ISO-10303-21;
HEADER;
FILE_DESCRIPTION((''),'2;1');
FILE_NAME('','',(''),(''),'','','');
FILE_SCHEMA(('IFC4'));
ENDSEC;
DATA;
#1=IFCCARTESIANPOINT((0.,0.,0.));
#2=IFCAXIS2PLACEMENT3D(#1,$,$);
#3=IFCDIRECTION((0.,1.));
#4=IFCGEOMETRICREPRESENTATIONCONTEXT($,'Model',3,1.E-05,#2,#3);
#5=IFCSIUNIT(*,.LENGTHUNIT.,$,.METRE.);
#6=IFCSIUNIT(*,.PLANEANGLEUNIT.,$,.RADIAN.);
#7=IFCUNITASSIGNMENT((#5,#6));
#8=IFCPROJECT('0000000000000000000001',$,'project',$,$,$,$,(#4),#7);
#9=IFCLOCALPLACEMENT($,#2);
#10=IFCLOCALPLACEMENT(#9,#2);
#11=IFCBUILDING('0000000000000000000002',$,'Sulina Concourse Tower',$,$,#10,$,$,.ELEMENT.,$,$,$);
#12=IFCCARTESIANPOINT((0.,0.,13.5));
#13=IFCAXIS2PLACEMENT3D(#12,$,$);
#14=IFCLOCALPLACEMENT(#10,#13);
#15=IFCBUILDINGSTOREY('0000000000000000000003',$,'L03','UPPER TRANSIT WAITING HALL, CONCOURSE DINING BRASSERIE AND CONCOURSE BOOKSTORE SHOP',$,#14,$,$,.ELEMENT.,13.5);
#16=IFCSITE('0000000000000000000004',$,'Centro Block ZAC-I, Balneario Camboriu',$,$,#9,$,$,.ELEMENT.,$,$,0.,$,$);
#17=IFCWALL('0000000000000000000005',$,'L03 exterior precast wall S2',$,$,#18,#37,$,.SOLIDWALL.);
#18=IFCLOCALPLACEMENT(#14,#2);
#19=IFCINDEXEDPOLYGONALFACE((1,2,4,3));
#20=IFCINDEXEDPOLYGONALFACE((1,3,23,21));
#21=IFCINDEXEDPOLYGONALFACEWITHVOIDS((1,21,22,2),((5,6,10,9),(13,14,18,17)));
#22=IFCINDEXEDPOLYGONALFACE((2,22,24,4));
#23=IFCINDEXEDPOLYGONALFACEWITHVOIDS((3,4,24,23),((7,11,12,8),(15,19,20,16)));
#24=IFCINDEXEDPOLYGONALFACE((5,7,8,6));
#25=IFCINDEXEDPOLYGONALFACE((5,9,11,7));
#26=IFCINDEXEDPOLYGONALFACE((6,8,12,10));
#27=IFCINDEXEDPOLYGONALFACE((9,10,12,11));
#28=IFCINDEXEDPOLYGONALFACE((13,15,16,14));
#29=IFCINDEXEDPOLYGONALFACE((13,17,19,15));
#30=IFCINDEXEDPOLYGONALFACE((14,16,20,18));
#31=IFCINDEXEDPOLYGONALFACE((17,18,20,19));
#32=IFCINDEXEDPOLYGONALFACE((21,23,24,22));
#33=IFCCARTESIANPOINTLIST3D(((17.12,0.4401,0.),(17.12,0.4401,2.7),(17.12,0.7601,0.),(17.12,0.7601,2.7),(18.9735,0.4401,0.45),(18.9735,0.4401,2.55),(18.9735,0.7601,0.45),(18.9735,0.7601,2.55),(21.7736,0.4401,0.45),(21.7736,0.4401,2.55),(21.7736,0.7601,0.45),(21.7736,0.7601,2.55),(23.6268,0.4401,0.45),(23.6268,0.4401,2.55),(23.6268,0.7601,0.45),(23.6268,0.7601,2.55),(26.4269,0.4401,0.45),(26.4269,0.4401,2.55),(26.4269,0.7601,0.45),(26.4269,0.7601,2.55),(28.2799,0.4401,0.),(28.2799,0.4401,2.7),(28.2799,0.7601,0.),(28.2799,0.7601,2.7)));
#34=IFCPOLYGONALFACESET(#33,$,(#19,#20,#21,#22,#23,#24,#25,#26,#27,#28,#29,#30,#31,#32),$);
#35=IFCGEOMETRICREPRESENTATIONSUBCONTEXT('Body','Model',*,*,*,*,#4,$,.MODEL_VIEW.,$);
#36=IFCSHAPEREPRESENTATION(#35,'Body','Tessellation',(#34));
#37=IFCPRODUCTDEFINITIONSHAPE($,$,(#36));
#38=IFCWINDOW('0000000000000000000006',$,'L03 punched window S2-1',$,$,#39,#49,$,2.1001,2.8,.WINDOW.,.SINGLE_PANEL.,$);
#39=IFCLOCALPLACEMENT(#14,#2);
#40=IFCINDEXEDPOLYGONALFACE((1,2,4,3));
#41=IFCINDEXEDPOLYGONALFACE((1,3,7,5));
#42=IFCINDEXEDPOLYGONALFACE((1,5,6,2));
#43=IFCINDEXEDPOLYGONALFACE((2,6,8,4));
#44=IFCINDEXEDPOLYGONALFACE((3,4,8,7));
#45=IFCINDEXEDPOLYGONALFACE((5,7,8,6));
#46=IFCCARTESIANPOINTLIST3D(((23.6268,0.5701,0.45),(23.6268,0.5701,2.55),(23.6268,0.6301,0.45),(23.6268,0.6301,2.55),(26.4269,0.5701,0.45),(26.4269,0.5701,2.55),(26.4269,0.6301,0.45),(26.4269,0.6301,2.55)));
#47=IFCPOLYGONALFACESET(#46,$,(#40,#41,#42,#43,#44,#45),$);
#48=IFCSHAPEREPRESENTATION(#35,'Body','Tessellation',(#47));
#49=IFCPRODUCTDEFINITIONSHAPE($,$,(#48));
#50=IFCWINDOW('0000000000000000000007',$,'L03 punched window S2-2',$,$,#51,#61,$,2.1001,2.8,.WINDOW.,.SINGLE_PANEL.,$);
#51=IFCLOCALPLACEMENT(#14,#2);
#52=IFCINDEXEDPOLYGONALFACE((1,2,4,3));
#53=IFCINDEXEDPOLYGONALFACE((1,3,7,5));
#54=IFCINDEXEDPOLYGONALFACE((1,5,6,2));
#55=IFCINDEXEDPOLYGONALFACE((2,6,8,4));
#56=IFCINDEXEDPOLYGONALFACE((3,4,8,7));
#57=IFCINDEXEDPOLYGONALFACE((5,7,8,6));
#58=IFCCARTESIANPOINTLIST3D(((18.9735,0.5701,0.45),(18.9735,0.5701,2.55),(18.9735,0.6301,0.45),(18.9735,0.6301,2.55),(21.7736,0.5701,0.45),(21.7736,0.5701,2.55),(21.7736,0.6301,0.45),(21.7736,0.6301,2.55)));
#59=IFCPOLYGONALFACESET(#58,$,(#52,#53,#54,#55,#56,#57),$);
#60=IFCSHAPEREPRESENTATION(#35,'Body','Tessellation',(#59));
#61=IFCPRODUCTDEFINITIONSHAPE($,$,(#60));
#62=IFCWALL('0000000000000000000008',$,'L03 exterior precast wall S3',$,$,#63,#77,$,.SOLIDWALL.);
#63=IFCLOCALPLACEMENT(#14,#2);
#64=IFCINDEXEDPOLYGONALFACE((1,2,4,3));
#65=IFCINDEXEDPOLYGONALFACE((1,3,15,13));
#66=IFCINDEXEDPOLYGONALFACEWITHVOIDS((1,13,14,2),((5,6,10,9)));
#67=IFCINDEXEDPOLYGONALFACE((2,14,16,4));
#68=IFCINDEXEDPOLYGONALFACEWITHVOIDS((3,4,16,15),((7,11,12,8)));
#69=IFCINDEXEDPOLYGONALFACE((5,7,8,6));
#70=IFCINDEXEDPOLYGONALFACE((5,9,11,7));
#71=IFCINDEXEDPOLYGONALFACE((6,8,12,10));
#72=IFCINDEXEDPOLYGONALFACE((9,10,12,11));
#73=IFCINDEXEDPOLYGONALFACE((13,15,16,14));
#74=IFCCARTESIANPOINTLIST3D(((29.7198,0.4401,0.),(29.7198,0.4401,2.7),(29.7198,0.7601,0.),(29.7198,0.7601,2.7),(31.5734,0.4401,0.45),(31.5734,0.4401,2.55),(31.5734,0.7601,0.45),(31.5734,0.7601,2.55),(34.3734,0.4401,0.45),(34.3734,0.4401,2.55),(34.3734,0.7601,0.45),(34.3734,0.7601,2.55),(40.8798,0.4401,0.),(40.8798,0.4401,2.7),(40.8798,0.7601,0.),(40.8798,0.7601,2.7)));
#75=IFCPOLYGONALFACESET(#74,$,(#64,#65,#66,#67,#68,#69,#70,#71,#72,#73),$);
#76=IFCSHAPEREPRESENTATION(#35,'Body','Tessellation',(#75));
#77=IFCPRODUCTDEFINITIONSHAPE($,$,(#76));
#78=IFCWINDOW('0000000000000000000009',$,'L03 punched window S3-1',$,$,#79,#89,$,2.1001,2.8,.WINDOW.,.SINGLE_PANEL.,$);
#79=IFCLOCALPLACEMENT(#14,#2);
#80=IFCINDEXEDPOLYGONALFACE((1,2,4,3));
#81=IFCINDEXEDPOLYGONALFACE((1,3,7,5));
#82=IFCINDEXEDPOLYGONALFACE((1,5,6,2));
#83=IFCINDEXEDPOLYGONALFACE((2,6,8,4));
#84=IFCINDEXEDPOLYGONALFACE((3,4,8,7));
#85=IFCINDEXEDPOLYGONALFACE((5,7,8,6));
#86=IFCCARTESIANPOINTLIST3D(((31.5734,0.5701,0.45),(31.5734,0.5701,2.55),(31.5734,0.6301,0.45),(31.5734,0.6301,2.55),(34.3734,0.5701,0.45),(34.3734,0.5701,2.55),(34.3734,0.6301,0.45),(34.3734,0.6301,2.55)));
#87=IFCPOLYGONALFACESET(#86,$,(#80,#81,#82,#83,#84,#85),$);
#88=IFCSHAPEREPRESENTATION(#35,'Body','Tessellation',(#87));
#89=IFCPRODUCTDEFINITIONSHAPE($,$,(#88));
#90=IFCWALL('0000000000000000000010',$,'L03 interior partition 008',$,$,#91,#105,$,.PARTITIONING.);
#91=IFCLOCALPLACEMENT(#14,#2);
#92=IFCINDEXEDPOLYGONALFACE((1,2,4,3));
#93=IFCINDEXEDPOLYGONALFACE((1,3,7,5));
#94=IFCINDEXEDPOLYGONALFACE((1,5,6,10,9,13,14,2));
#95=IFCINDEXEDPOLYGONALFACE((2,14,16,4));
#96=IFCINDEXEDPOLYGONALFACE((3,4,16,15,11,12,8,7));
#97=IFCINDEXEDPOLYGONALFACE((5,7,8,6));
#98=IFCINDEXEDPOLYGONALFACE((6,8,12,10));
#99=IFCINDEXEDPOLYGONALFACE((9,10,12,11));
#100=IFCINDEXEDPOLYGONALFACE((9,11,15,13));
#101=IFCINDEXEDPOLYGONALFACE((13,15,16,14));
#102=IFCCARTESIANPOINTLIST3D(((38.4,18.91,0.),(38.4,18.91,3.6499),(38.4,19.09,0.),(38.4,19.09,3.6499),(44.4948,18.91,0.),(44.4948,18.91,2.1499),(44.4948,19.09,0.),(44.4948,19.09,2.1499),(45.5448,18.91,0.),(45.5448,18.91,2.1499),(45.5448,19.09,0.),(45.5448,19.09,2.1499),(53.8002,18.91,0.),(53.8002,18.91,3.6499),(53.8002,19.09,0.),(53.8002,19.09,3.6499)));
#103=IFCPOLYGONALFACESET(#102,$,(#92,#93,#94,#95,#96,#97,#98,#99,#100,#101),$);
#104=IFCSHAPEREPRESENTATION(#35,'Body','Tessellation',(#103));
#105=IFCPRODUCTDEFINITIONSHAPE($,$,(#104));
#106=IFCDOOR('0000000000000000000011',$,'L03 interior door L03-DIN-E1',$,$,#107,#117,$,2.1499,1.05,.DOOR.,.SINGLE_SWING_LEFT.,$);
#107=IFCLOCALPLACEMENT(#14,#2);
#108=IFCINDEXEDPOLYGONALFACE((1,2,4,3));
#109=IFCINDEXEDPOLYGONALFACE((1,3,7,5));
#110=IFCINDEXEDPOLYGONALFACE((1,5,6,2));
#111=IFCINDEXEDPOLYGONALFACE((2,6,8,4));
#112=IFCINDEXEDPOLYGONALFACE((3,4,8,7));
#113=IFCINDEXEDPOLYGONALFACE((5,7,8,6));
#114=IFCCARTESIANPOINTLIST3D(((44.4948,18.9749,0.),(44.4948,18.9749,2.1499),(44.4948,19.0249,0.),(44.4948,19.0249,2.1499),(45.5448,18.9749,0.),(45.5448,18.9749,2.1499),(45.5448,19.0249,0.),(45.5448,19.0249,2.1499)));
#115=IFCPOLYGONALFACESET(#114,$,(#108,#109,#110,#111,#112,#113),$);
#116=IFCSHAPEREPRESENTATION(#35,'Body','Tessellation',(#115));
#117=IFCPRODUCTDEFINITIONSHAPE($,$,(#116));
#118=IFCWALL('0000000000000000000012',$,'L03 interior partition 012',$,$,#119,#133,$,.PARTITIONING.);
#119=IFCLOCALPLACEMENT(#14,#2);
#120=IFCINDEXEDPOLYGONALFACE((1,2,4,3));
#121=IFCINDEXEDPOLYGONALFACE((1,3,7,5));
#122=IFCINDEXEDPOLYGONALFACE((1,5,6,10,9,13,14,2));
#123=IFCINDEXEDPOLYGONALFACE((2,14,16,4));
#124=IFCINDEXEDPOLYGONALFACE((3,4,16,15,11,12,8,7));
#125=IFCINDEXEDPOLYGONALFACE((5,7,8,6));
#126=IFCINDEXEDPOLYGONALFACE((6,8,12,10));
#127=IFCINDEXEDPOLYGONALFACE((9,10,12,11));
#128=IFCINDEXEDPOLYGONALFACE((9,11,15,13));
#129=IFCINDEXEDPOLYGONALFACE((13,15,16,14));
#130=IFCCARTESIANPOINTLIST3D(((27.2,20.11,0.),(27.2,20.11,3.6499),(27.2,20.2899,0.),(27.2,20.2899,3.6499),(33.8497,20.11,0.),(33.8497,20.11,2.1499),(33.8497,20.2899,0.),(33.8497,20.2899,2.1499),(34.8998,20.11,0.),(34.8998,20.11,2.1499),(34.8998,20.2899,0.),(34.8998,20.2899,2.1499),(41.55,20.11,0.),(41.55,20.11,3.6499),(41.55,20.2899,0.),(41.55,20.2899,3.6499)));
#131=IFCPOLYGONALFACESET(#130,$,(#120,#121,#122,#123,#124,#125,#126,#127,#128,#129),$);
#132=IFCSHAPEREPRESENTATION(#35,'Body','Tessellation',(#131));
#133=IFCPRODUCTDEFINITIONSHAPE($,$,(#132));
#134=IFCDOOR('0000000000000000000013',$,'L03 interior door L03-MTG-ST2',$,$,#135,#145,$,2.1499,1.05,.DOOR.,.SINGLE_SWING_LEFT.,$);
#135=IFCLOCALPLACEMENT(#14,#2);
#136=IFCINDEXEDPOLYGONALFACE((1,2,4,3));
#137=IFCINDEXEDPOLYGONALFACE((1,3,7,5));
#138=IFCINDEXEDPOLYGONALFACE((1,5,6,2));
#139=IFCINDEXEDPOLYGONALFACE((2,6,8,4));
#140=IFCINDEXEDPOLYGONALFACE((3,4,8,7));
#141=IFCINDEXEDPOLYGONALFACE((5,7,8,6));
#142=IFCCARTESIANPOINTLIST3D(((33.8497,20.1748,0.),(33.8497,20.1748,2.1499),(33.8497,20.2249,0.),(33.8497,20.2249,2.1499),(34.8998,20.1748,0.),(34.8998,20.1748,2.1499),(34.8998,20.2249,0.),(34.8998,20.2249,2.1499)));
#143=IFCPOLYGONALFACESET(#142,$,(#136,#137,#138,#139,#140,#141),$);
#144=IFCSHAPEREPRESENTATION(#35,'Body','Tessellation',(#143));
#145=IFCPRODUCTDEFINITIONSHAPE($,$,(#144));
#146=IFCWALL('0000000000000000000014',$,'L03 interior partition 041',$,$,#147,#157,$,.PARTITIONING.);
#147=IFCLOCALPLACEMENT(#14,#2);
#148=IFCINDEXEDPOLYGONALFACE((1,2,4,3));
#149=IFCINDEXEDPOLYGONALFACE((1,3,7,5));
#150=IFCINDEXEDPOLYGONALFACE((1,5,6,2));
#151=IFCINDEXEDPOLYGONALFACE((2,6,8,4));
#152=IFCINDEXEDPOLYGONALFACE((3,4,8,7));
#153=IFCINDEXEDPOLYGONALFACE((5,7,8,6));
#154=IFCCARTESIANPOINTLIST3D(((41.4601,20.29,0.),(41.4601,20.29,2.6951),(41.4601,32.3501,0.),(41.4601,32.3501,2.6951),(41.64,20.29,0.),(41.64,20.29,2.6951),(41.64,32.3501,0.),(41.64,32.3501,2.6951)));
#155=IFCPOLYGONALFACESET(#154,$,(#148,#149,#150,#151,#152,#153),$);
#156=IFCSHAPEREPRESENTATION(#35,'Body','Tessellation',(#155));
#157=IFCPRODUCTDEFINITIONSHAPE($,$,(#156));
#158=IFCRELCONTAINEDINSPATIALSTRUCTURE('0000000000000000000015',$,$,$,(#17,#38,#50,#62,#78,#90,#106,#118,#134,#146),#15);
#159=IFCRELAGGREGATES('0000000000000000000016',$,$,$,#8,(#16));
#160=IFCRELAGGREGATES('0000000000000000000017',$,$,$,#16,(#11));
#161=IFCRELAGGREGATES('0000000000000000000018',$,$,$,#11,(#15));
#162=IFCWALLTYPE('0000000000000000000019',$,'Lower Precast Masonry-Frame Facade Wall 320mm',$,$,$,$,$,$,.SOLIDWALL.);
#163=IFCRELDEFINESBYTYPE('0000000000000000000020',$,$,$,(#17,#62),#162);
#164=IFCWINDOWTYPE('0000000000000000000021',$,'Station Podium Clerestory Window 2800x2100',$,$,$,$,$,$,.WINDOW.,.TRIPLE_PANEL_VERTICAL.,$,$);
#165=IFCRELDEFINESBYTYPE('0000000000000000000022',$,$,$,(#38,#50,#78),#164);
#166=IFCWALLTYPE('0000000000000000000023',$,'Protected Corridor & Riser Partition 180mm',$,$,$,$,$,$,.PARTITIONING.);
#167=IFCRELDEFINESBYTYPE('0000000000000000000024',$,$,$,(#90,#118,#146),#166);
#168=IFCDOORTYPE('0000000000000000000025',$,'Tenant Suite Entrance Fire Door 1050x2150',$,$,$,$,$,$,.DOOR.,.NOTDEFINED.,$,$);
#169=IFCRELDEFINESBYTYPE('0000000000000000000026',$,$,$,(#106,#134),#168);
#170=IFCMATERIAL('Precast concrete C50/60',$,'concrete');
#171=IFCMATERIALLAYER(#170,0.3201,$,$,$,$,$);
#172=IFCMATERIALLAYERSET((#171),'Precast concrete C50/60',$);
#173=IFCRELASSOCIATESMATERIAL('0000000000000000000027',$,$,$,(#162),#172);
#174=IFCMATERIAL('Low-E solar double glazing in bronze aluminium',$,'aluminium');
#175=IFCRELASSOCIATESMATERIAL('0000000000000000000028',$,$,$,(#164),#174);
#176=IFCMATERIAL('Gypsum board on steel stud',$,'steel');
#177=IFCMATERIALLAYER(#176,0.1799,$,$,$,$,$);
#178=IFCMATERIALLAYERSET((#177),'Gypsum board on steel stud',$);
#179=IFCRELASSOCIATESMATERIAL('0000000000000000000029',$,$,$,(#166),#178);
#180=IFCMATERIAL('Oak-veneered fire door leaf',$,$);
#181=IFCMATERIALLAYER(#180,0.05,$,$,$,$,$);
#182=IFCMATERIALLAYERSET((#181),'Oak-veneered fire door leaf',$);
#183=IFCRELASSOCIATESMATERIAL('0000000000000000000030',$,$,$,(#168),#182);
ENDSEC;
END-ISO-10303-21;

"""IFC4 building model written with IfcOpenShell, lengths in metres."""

from ifc_helpers import new_model, si_unit, direction, frame, frame_2d, origin, place, context, subcontext, project, spatial, rectangle, extrude, material, layer, layer_set, type_object, element, fill, save


model = new_model("IFC4")

# Units and contexts
model_context = context("Model", 3, precision=1e-05, world=origin(), true_north=direction((0.0, 1.0)))
body_context = subcontext(model_context, "Body", "Model", "MODEL_VIEW")
ifc_project = project(units=[si_unit("LENGTHUNIT", "METRE"), si_unit("PLANEANGLEUNIT", "RADIAN")], contexts=[model_context])

# Site, building, storey
site_placement = place(None, origin())
site = spatial("IfcSite", under=ifc_project, at=site_placement, Name="Centro Block ZAC-I, Balneario Camboriu", CompositionType="ELEMENT", RefElevation=0.0)
building_placement = place(site_placement, origin())
building = spatial("IfcBuilding", under=site, at=building_placement, Name="Sulina Concourse Tower", CompositionType="ELEMENT")
storey_placement = place(building_placement, frame((0.0, 0.0, 13.5)))
storey = spatial("IfcBuildingStorey", under=building, at=storey_placement, Name="L03", Description="UPPER TRANSIT WAITING HALL, CONCOURSE DINING BRASSERIE AND CONCOURSE BOOKSTORE SHOP", CompositionType="ELEMENT", Elevation=13.5)

# Wall, openings, windows
ifc_material_1 = material(Name="Precast concrete C50/60", Category="concrete")
ifc_layer_1 = layer(ifc_material_1, 0.3201)
ifc_layer_set_1 = layer_set([ifc_layer_1], Name="Precast concrete C50/60")
wall_type_1 = type_object("IfcWallType", Name="Lower Precast Masonry-Frame Facade Wall 320mm", PredefinedType="SOLIDWALL", material=ifc_layer_set_1)
wall_1_placement = place(storey_placement, frame((28.28, 0.6001, 0.0), z_axis=(0.0, 0.0, 1.0), x_axis=(-1.0, 0.0, 0.0)))
wall_1 = element("IfcWall", 1, at=wall_1_placement, inside=storey, type_object=wall_type_1, Name="L03 exterior precast wall S2", PredefinedType="SOLIDWALL", context=body_context, shape_type="SweptSolid", body=[
    extrude(rectangle(XDim=11.1599, YDim=0.3201, at=frame_2d((5.5801, 0.0))), origin(), (0.0, 0.0, 1.0), 2.7),
])
opening_1_placement = place(wall_1_placement, frame((1.8533, 0.0, 0.45)))
opening_1 = element("IfcOpeningElement", 2, at=opening_1_placement, cuts=wall_1, PredefinedType="OPENING", context=body_context, shape_type="SweptSolid", body=[
    extrude(rectangle(XDim=2.8, YDim=2.1001, at=frame_2d((1.3999, 1.05))), frame((0.0, 0.1699, 0.0), z_axis=(0.0, -1.0, 0.0), x_axis=(1.0, 0.0, 0.0)), (0.0, 0.0, 1.0), 0.3401),
])
opening_2_placement = place(wall_1_placement, frame((6.5066, 0.0, 0.45)))
opening_2 = element("IfcOpeningElement", 3, at=opening_2_placement, cuts=wall_1, PredefinedType="OPENING", context=body_context, shape_type="SweptSolid", body=[
    extrude(rectangle(XDim=2.8, YDim=2.1001, at=frame_2d((1.3999, 1.05))), frame((0.0, 0.1699, 0.0), z_axis=(0.0, -1.0, 0.0), x_axis=(1.0, 0.0, 0.0)), (0.0, 0.0, 1.0), 0.3401),
])
ifc_material_2 = material(Name="Low-E solar double glazing in bronze aluminium", Category="aluminium")
window_type = type_object("IfcWindowType", Name="Station Podium Clerestory Window 2800x2100", PartitioningType="TRIPLE_PANEL_VERTICAL", PredefinedType="WINDOW", material=ifc_material_2)
window_1_placement = place(opening_1_placement, origin())
window_1 = element("IfcWindow", 4, at=window_1_placement, inside=storey, type_object=window_type, Name="L03 punched window S2-1", OverallHeight=2.1001, OverallWidth=2.8, PartitioningType="SINGLE_PANEL", PredefinedType="WINDOW", context=body_context, shape_type="SweptSolid", body=[
    extrude(rectangle(XDim=2.8, YDim=2.1001, at=frame_2d((1.3999, 1.05))), frame((0.0, 0.03, 0.0), z_axis=(0.0, -1.0, 0.0), x_axis=(1.0, 0.0, 0.0)), (0.0, 0.0, 1.0), 0.0601),
])
fill(opening_1, window_1)
window_2_placement = place(opening_2_placement, origin())
window_2 = element("IfcWindow", 5, at=window_2_placement, inside=storey, type_object=window_type, Name="L03 punched window S2-2", OverallHeight=2.1001, OverallWidth=2.8, PartitioningType="SINGLE_PANEL", PredefinedType="WINDOW", context=body_context, shape_type="SweptSolid", body=[
    extrude(rectangle(XDim=2.8, YDim=2.1001, at=frame_2d((1.3999, 1.05))), frame((0.0, 0.03, 0.0), z_axis=(0.0, -1.0, 0.0), x_axis=(1.0, 0.0, 0.0)), (0.0, 0.0, 1.0), 0.0601),
])
fill(opening_2, window_2)

# Wall, opening, window
wall_2_placement = place(storey_placement, frame((40.8799, 0.6001, 0.0), z_axis=(0.0, 0.0, 1.0), x_axis=(-1.0, 0.0, 0.0)))
wall_2 = element("IfcWall", 6, at=wall_2_placement, inside=storey, type_object=wall_type_1, Name="L03 exterior precast wall S3", PredefinedType="SOLIDWALL", context=body_context, shape_type="SweptSolid", body=[
    extrude(rectangle(XDim=11.1599, YDim=0.3201, at=frame_2d((5.5801, 0.0))), origin(), (0.0, 0.0, 1.0), 2.7),
])
opening_3_placement = place(wall_2_placement, frame((6.5066, 0.0, 0.45)))
opening_3 = element("IfcOpeningElement", 7, at=opening_3_placement, cuts=wall_2, PredefinedType="OPENING", context=body_context, shape_type="SweptSolid", body=[
    extrude(rectangle(XDim=2.8, YDim=2.1001, at=frame_2d((1.3999, 1.05))), frame((0.0, 0.1699, 0.0), z_axis=(0.0, -1.0, 0.0), x_axis=(1.0, 0.0, 0.0)), (0.0, 0.0, 1.0), 0.3401),
])
window_3_placement = place(opening_3_placement, origin())
window_3 = element("IfcWindow", 8, at=window_3_placement, inside=storey, type_object=window_type, Name="L03 punched window S3-1", OverallHeight=2.1001, OverallWidth=2.8, PartitioningType="SINGLE_PANEL", PredefinedType="WINDOW", context=body_context, shape_type="SweptSolid", body=[
    extrude(rectangle(XDim=2.8, YDim=2.1001, at=frame_2d((1.3999, 1.05))), frame((0.0, 0.03, 0.0), z_axis=(0.0, -1.0, 0.0), x_axis=(1.0, 0.0, 0.0)), (0.0, 0.0, 1.0), 0.0601),
])
fill(opening_3, window_3)

# Walls, openings, doors
ifc_material_3 = material(Name="Gypsum board on steel stud", Category="steel")
ifc_layer_2 = layer(ifc_material_3, 0.1799)
ifc_layer_set_2 = layer_set([ifc_layer_2], Name="Gypsum board on steel stud")
wall_type_2 = type_object("IfcWallType", Name="Protected Corridor & Riser Partition 180mm", PredefinedType="PARTITIONING", material=ifc_layer_set_2)
wall_3_placement = place(storey_placement, frame((38.3999, 19.0, 0.0), z_axis=(0.0, 0.0, 1.0), x_axis=(1.0, 0.0, 0.0)))
wall_3 = element("IfcWall", 9, at=wall_3_placement, inside=storey, type_object=wall_type_2, Name="L03 interior partition 008", PredefinedType="PARTITIONING", context=body_context, shape_type="SweptSolid", body=[
    extrude(rectangle(XDim=15.4001, YDim=0.1799, at=frame_2d((7.7002, 0.0))), origin(), (0.0, 0.0, 1.0), 3.6499),
])
opening_4_placement = place(wall_3_placement, frame((6.095, 0.0, 0.0)))
opening_4 = element("IfcOpeningElement", 10, at=opening_4_placement, cuts=wall_3, PredefinedType="OPENING", context=body_context, shape_type="SweptSolid", body=[
    extrude(rectangle(XDim=1.05, YDim=2.1499, at=frame_2d((0.5249, 1.075))), frame((0.0, 0.0999, 0.0), z_axis=(0.0, -1.0, 0.0), x_axis=(1.0, 0.0, 0.0)), (0.0, 0.0, 1.0), 0.2),
])
ifc_material_4 = material(Name="Oak-veneered fire door leaf")
ifc_layer_3 = layer(ifc_material_4, 0.05)
ifc_layer_set_3 = layer_set([ifc_layer_3], Name="Oak-veneered fire door leaf")
door_type = type_object("IfcDoorType", Name="Tenant Suite Entrance Fire Door 1050x2150", OperationType="NOTDEFINED", PredefinedType="DOOR", material=ifc_layer_set_3)
door_1_placement = place(opening_4_placement, origin())
door_1 = element("IfcDoor", 11, at=door_1_placement, inside=storey, type_object=door_type, Name="L03 interior door L03-DIN-E1", OperationType="SINGLE_SWING_LEFT", OverallHeight=2.1499, OverallWidth=1.05, PredefinedType="DOOR", context=body_context, shape_type="SweptSolid", body=[
    extrude(rectangle(XDim=1.05, YDim=2.1499, at=frame_2d((0.5249, 1.075))), frame((0.0, 0.0249, 0.0), z_axis=(0.0, -1.0, 0.0), x_axis=(1.0, 0.0, 0.0)), (0.0, 0.0, 1.0), 0.05),
])
fill(opening_4, door_1)
wall_4_placement = place(storey_placement, frame((27.2, 20.2, 0.0), z_axis=(0.0, 0.0, 1.0), x_axis=(1.0, 0.0, 0.0)))
wall_4 = element("IfcWall", 12, at=wall_4_placement, inside=storey, type_object=wall_type_2, Name="L03 interior partition 012", PredefinedType="PARTITIONING", context=body_context, shape_type="SweptSolid", body=[
    extrude(rectangle(XDim=14.3501, YDim=0.1799, at=frame_2d((7.175, 0.0))), origin(), (0.0, 0.0, 1.0), 3.6499),
])
opening_5_placement = place(wall_4_placement, frame((6.6499, 0.0, 0.0)))
opening_5 = element("IfcOpeningElement", 13, at=opening_5_placement, cuts=wall_4, PredefinedType="OPENING", context=body_context, shape_type="SweptSolid", body=[
    extrude(rectangle(XDim=1.05, YDim=2.1499, at=frame_2d((0.5249, 1.075))), frame((0.0, 0.0999, 0.0), z_axis=(0.0, -1.0, 0.0), x_axis=(1.0, 0.0, 0.0)), (0.0, 0.0, 1.0), 0.2),
])
door_2_placement = place(opening_5_placement, origin())
door_2 = element("IfcDoor", 14, at=door_2_placement, inside=storey, type_object=door_type, Name="L03 interior door L03-MTG-ST2", OperationType="SINGLE_SWING_LEFT", OverallHeight=2.1499, OverallWidth=1.05, PredefinedType="DOOR", context=body_context, shape_type="SweptSolid", body=[
    extrude(rectangle(XDim=1.05, YDim=2.1499, at=frame_2d((0.5249, 1.075))), frame((0.0, 0.0249, 0.0), z_axis=(0.0, -1.0, 0.0), x_axis=(1.0, 0.0, 0.0)), (0.0, 0.0, 1.0), 0.05),
])
fill(opening_5, door_2)

# Wall
wall_5_placement = place(storey_placement, frame((41.55, 20.29, 0.0), z_axis=(0.0, 0.0, 1.0), x_axis=(0.0, 1.0, 0.0)))
element("IfcWall", 15, at=wall_5_placement, inside=storey, type_object=wall_type_2, Name="L03 interior partition 041", PredefinedType="PARTITIONING", context=body_context, shape_type="SweptSolid", body=[
    extrude(rectangle(XDim=12.0601, YDim=0.1799, at=frame_2d((6.03, 0.0))), origin(), (0.0, 0.0, 1.0), 2.6951),
])

save(model, "model.ifc")
